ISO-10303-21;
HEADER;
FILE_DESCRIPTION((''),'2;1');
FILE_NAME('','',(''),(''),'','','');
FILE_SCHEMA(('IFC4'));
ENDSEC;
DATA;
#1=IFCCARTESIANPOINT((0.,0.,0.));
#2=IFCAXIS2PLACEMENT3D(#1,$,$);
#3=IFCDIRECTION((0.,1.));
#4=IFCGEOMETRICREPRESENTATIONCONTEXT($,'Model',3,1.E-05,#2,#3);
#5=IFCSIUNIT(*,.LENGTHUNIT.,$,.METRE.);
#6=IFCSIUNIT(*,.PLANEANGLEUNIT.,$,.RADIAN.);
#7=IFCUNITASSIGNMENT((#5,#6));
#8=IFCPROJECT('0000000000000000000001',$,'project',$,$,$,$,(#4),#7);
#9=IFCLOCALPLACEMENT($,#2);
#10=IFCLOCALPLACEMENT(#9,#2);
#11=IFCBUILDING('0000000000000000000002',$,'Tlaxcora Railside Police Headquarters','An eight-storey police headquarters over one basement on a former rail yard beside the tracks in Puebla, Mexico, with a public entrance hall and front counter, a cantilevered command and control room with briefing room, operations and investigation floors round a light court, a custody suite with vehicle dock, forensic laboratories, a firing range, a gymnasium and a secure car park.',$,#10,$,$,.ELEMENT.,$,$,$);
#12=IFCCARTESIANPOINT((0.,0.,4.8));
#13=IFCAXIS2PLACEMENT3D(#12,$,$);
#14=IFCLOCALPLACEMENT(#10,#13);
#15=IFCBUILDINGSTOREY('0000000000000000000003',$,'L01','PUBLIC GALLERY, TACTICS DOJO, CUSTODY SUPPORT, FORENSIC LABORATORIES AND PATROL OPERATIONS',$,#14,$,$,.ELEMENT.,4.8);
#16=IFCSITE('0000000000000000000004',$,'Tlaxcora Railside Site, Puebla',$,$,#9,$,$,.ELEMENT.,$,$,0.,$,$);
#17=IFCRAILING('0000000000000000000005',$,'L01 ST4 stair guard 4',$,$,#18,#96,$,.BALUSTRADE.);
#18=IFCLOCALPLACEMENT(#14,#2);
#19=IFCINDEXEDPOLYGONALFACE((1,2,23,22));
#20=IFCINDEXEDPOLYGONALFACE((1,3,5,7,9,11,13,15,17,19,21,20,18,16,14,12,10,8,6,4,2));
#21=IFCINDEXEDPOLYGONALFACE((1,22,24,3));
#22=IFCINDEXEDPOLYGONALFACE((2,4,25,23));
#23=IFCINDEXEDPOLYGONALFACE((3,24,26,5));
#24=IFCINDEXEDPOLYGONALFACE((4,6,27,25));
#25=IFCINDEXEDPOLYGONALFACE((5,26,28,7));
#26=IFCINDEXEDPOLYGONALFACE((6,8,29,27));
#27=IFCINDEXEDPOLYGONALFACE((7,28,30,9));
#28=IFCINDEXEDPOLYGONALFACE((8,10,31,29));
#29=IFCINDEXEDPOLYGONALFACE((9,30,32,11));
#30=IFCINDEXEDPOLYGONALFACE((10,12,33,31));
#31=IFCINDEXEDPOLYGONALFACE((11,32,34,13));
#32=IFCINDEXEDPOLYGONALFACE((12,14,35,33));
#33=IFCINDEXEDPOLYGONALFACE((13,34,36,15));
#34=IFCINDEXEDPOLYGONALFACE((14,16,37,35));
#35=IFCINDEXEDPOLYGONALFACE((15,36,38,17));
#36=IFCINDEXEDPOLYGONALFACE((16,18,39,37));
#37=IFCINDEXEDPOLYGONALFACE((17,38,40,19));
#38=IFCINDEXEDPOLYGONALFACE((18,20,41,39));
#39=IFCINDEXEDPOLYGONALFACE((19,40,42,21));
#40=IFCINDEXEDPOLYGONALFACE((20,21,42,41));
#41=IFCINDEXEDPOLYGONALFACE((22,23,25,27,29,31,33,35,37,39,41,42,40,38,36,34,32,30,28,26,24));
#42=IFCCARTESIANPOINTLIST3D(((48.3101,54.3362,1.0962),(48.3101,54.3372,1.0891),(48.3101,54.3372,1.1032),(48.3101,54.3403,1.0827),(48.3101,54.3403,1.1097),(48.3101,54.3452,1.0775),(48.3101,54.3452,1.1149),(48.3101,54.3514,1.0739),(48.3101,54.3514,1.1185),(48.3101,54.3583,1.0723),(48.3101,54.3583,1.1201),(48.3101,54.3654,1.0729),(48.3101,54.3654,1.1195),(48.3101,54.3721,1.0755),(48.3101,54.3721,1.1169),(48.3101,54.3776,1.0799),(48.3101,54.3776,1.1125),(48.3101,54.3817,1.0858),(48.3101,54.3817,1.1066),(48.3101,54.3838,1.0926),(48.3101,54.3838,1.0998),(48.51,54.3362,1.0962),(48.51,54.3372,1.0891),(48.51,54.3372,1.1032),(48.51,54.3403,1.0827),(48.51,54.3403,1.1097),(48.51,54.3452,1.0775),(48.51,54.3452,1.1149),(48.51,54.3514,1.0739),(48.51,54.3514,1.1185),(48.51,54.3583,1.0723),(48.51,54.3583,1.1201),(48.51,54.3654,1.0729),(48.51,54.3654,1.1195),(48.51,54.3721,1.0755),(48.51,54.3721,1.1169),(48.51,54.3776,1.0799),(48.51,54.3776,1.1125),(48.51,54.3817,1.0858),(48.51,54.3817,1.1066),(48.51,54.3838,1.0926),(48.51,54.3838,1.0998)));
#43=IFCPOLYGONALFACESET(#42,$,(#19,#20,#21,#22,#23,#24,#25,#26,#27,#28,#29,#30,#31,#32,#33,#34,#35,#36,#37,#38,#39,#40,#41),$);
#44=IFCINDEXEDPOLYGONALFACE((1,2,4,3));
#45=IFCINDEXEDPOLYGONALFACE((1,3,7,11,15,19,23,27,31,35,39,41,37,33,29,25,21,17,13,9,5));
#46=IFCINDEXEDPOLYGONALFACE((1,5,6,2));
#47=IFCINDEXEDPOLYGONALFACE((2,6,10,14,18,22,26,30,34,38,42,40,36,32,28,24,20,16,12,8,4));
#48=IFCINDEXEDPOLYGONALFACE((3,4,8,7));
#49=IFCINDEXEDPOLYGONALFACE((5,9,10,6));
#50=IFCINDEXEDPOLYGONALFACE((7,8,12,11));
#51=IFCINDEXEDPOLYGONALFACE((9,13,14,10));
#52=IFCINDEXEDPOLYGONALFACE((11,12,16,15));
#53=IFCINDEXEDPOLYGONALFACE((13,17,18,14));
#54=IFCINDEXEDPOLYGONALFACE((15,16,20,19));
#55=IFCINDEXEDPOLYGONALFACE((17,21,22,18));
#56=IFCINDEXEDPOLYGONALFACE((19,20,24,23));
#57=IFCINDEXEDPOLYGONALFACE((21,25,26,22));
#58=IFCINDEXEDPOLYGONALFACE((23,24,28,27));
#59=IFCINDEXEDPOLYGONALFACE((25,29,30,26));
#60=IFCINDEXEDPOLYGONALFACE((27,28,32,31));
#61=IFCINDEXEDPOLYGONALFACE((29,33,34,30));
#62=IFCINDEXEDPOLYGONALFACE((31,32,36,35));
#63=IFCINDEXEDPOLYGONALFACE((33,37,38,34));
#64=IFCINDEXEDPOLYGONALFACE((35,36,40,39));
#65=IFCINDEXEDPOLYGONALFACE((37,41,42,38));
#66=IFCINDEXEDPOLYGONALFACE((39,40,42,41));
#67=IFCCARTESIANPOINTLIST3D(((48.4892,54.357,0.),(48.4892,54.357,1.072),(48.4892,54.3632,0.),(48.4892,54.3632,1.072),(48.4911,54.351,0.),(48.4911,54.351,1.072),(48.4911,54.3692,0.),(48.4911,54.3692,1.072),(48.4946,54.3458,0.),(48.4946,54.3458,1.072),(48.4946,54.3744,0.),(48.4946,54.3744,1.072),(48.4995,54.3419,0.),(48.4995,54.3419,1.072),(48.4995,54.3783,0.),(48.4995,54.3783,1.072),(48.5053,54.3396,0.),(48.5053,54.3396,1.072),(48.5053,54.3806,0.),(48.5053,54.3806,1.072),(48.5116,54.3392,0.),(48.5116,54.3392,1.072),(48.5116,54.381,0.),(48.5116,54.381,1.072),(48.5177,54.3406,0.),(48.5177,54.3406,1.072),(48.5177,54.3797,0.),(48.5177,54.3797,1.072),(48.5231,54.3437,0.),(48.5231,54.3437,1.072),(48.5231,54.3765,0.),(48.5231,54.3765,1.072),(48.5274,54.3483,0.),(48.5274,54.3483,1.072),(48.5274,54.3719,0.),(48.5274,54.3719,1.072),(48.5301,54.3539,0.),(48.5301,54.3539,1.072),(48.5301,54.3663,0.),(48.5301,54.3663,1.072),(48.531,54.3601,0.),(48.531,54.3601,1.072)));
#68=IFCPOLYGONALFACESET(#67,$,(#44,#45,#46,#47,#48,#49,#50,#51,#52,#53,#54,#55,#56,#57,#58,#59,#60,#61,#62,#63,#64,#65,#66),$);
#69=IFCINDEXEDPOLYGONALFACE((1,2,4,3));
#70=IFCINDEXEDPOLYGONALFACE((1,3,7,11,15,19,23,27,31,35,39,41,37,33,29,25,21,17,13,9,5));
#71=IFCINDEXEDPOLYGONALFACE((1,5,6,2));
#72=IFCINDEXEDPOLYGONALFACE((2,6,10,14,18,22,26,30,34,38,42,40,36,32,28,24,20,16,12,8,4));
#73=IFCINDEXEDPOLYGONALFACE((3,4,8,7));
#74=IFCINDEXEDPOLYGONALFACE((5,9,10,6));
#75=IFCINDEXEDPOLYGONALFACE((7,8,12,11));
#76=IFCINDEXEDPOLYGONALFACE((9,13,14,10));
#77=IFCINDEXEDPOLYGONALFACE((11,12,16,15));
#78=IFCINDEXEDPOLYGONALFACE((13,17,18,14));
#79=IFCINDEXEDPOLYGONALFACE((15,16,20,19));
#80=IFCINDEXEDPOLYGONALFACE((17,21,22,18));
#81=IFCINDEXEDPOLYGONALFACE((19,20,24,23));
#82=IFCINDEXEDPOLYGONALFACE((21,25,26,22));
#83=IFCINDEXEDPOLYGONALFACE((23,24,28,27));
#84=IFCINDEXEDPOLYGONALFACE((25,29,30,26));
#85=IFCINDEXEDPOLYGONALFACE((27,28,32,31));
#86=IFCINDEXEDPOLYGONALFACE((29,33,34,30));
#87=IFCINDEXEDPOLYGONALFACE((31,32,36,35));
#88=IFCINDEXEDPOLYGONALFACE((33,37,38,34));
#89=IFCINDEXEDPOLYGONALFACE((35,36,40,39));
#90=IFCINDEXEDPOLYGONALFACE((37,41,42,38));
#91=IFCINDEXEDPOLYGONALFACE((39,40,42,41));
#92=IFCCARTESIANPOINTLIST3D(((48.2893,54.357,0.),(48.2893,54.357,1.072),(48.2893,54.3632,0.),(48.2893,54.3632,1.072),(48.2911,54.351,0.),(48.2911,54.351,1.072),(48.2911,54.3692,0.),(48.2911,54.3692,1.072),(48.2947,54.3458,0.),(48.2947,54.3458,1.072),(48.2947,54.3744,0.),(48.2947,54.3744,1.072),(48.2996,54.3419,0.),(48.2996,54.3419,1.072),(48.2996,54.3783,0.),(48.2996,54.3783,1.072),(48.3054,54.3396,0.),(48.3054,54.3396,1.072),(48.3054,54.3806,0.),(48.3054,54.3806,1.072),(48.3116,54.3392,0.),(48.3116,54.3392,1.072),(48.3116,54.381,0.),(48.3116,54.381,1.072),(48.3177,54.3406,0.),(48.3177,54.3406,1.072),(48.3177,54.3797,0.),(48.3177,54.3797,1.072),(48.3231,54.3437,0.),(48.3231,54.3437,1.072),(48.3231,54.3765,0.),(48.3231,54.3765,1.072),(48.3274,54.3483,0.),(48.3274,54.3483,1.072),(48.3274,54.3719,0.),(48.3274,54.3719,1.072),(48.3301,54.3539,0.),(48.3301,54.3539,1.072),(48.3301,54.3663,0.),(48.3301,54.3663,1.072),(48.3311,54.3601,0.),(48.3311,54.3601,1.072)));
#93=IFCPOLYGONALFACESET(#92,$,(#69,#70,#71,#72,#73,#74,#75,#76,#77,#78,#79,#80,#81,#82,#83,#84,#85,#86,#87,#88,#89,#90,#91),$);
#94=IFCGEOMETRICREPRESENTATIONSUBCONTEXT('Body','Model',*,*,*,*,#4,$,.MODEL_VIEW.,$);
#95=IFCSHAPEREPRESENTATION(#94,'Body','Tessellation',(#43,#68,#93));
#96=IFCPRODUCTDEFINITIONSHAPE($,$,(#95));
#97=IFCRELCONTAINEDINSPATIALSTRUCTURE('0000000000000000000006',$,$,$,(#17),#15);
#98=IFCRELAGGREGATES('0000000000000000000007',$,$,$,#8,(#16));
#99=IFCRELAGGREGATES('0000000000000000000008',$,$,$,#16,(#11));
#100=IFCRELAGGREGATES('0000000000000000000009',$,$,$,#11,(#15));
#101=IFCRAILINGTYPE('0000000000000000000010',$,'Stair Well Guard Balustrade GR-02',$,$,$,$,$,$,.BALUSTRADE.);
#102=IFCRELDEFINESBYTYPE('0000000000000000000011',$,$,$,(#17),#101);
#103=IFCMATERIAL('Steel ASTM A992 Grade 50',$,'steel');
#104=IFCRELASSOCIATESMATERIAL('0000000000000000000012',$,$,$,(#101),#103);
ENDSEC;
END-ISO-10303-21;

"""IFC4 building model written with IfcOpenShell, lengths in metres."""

from ifc_helpers import new_model, si_unit, direction, frame, origin, origin_2d, place, context, subcontext, project, spatial, circle, extrude, material, type_object, element, save


model = new_model("IFC4")

# Units and contexts
model_context = context("Model", 3, precision=1e-05, world=origin(), true_north=direction((0.0, 1.0)))
body_context = subcontext(model_context, "Body", "Model", "MODEL_VIEW")
ifc_project = project(units=[si_unit("LENGTHUNIT", "METRE"), si_unit("PLANEANGLEUNIT", "RADIAN")], contexts=[model_context])

# Site, building, storey
site_placement = place(None, origin())
site = spatial("IfcSite", under=ifc_project, at=site_placement, Name="Tlaxcora Railside Site, Puebla", CompositionType="ELEMENT", RefElevation=0.0)
building_placement = place(site_placement, origin())
building = spatial("IfcBuilding", under=site, at=building_placement, Name="Tlaxcora Railside Police Headquarters", Description="An eight-storey police headquarters over one basement on a former rail yard beside the tracks in Puebla, Mexico, with a public entrance hall and front counter, a cantilevered command and control room with briefing room, operations and investigation floors round a light court, a custody suite with vehicle dock, forensic laboratories, a firing range, a gymnasium and a secure car park.", CompositionType="ELEMENT")
storey_placement = place(building_placement, frame((0.0, 0.0, 4.8)))
storey = spatial("IfcBuildingStorey", under=building, at=storey_placement, Name="L01", Description="PUBLIC GALLERY, TACTICS DOJO, CUSTODY SUPPORT, FORENSIC LABORATORIES AND PATROL OPERATIONS", CompositionType="ELEMENT", Elevation=4.8)

# Shared definitions
ifc_material_1 = material(Name="Steel ASTM A992 Grade 50", Category="steel")

# Railing
railing_type_1 = type_object("IfcRailingType", Name="Stair Well Guard Balustrade GR-02", PredefinedType="BALUSTRADE", material=ifc_material_1)
railing_1_placement = place(storey_placement, frame((48.51, 54.3601, 0.0)))
element("IfcRailing", 1, at=railing_1_placement, inside=storey, type_object=railing_type_1, Name="L01 ST4 stair guard 4", PredefinedType="BALUSTRADE", context=body_context, shape_type="SweptSolid", body=[
    extrude(circle(Radius=0.0239, at=origin_2d()), frame((0.0, 0.0, 1.0962), z_axis=(-1.0, 0.0, 0.0), x_axis=(0.0, -1.0, 0.0)), (0.0, 0.0, 1.0), 0.2),
    extrude(circle(Radius=0.021, at=origin_2d()), origin(), (0.0, 0.0, 1.0), 1.072),
    extrude(circle(Radius=0.021, at=origin_2d()), frame((-0.2, 0.0, 0.0)), (0.0, 0.0, 1.0), 1.072),
])

save(model, "model.ifc")
